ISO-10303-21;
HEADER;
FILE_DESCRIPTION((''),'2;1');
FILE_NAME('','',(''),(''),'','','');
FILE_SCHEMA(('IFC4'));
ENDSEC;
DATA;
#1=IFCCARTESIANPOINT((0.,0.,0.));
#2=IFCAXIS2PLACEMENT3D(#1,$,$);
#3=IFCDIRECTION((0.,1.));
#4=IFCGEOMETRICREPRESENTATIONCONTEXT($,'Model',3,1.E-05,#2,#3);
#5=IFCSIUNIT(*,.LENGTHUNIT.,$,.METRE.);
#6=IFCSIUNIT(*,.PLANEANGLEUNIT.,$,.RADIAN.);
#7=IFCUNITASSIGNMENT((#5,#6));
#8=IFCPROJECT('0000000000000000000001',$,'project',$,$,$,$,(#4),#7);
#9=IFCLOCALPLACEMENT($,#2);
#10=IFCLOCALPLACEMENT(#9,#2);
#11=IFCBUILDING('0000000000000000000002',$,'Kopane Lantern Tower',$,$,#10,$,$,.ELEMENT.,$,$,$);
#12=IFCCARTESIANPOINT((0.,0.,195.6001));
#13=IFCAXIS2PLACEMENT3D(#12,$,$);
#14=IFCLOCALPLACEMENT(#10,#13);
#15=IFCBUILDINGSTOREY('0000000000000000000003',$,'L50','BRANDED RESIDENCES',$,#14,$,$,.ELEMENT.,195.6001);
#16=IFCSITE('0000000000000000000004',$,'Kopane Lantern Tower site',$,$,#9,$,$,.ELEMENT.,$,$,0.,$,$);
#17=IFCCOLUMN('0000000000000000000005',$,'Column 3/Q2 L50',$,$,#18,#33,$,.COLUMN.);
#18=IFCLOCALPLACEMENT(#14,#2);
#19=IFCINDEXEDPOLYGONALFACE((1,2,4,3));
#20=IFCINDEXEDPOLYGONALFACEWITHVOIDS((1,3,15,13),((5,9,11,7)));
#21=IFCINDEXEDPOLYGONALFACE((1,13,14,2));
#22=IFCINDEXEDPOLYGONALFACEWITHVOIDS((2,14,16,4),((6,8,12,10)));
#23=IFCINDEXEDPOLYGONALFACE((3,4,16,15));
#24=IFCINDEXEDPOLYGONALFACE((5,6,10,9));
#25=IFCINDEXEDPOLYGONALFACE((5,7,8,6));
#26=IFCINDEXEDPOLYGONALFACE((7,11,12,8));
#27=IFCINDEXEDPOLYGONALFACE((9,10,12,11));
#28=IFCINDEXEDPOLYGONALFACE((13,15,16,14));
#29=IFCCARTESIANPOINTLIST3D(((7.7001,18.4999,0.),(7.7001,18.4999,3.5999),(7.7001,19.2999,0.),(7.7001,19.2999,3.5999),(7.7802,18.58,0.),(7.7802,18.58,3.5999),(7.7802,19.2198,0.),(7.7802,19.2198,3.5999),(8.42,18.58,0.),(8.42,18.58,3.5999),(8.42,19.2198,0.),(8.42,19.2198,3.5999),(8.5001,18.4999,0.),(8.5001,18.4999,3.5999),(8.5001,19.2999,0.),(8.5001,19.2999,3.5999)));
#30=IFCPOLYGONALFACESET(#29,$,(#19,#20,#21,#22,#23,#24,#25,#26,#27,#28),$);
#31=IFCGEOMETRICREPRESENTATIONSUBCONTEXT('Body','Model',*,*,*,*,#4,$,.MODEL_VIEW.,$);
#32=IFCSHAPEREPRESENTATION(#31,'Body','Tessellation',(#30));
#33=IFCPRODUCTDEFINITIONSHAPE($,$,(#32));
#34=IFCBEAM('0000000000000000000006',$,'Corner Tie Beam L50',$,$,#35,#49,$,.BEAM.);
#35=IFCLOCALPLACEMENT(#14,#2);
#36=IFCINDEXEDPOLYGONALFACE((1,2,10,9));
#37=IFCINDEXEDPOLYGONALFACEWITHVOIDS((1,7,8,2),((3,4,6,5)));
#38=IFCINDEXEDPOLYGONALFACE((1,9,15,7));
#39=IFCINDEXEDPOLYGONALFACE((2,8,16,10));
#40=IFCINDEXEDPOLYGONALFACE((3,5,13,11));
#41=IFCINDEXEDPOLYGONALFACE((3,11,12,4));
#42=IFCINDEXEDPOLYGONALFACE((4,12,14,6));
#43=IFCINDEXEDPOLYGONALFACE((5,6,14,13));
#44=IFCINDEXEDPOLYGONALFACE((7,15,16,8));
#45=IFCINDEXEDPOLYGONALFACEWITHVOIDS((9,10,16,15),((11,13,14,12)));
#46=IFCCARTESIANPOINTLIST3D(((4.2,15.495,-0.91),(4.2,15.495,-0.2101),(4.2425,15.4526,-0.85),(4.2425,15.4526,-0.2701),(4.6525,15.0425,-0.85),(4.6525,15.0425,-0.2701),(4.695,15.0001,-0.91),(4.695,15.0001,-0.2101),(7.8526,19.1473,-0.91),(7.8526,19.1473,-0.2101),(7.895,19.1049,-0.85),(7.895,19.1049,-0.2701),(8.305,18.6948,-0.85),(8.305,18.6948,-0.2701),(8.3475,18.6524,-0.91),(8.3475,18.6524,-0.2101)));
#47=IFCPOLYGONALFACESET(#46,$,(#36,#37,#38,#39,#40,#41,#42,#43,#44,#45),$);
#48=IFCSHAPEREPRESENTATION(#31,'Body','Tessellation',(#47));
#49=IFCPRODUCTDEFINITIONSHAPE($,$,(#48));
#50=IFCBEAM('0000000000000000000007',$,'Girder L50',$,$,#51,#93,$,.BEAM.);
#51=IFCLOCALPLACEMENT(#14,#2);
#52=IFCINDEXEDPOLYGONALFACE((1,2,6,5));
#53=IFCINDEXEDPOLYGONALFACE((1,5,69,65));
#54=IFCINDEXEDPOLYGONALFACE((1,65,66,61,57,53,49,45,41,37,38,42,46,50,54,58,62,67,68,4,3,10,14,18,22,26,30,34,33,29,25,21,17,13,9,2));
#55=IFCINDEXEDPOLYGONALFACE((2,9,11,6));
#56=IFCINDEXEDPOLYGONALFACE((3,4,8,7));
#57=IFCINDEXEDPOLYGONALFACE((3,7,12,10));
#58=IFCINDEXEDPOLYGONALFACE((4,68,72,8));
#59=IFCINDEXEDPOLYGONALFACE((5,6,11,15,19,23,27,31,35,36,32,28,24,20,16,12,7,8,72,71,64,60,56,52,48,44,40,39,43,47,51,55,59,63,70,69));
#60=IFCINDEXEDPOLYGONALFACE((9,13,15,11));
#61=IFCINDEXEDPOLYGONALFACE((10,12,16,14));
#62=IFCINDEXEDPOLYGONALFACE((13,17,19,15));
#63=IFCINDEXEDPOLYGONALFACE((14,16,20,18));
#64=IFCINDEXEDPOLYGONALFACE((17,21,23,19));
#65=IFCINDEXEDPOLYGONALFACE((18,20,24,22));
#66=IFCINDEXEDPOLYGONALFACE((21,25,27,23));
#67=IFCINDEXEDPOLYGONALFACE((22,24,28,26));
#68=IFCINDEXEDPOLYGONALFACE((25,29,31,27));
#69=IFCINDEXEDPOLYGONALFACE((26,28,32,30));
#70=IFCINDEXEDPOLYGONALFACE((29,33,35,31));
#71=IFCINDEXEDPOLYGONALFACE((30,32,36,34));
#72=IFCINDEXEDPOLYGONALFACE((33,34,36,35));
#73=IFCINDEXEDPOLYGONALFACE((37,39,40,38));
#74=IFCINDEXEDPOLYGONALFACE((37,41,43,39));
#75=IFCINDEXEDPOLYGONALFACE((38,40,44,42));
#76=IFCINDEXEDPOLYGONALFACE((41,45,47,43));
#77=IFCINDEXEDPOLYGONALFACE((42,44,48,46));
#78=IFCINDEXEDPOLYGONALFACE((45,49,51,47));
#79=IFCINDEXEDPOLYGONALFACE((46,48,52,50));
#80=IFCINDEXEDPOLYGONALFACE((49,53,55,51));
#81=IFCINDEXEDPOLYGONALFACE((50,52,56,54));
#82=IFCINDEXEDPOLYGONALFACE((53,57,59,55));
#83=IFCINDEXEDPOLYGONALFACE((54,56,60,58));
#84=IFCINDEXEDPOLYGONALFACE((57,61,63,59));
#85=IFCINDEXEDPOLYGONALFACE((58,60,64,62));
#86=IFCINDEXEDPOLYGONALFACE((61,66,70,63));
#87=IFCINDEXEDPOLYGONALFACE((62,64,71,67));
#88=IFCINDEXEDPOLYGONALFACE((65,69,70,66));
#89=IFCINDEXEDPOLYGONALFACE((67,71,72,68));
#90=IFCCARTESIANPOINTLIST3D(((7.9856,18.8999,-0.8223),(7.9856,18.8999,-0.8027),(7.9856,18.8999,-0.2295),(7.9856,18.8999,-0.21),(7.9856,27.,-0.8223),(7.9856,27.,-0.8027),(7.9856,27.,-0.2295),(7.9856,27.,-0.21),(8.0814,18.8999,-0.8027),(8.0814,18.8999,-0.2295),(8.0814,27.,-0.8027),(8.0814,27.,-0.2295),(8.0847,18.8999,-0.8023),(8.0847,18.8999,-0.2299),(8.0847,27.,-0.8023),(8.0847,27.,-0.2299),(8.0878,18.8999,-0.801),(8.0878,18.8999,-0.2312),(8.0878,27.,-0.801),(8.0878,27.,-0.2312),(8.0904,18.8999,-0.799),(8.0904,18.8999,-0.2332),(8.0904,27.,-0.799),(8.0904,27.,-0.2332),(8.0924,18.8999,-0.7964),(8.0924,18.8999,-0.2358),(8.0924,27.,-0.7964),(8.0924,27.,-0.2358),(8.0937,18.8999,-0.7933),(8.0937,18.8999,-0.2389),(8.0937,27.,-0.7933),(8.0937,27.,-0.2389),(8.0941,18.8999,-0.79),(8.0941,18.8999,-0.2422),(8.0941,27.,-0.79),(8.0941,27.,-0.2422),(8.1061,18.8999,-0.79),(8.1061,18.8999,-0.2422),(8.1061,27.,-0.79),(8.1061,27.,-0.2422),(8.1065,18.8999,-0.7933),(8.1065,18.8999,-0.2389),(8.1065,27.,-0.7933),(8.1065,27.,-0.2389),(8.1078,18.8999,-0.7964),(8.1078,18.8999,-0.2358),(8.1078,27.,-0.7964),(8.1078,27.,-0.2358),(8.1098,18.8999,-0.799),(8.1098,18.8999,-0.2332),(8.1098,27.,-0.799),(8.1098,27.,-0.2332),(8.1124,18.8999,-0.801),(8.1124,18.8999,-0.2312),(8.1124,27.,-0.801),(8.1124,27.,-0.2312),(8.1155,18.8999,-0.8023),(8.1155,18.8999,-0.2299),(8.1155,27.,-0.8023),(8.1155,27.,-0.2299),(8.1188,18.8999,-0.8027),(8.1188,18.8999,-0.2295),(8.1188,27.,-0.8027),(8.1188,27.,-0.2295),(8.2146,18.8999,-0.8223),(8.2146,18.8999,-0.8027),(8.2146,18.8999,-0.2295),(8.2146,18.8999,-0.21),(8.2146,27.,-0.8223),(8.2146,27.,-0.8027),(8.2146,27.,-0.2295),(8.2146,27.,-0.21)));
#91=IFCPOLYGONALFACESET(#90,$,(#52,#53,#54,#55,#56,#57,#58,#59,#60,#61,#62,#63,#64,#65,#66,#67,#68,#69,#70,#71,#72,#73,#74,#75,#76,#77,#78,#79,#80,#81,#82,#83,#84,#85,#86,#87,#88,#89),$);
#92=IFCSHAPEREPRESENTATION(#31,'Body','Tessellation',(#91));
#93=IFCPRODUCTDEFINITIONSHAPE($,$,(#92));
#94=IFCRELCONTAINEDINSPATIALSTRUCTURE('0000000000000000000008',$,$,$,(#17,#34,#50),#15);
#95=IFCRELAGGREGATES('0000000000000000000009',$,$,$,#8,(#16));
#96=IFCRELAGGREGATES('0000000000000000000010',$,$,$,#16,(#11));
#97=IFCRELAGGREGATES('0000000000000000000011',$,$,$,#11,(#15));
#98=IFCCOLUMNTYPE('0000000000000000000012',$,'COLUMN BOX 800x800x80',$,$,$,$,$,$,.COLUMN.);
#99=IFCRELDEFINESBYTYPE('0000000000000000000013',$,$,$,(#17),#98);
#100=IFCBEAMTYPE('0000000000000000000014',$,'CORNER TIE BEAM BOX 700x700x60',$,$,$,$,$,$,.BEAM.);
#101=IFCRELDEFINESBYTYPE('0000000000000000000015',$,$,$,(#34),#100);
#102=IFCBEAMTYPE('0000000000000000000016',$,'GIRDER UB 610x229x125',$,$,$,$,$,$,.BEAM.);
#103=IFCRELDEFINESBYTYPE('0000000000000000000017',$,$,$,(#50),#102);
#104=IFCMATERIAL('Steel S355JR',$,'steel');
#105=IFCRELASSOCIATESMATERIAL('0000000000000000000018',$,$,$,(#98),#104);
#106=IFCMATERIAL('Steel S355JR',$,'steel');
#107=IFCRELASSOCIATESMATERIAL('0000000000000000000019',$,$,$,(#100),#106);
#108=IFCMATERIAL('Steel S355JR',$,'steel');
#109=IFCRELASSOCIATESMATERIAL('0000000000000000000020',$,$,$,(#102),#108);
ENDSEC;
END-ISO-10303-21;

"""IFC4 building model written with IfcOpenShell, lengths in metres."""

from ifc_helpers import new_model, si_unit, direction, frame, origin, origin_2d, place, context, subcontext, project, spatial, hollow_rectangle, i_section, extrude, material, material_profile, profile_set, type_object, element, save


model = new_model("IFC4")

# Units and contexts
model_context = context("Model", 3, precision=1e-05, world=origin(), true_north=direction((0.0, 1.0)))
body_context = subcontext(model_context, "Body", "Model", "MODEL_VIEW")
ifc_project = project(units=[si_unit("LENGTHUNIT", "METRE"), si_unit("PLANEANGLEUNIT", "RADIAN")], contexts=[model_context])

# Site, building, storey
site_placement = place(None, origin())
site = spatial("IfcSite", under=ifc_project, at=site_placement, Name="Kopane Lantern Tower site", CompositionType="ELEMENT", RefElevation=0.0)
building_placement = place(site_placement, origin())
building = spatial("IfcBuilding", under=site, at=building_placement, Name="Kopane Lantern Tower", CompositionType="ELEMENT")
storey_placement = place(building_placement, frame((0.0, 0.0, 195.6001)))
storey = spatial("IfcBuildingStorey", under=building, at=storey_placement, Name="L50", Description="BRANDED RESIDENCES", CompositionType="ELEMENT", Elevation=195.6001)

# Column
ifc_material_1 = material(Name="Steel S355JR", Category="steel")
ifc_material_profile_1 = material_profile(ifc_material_1, hollow_rectangle(XDim=0.8, YDim=0.8, WallThickness=0.0801, at=origin_2d()), Name="BOX 800x800x80")
ifc_profile_set_1 = profile_set([ifc_material_profile_1], Name="Steel S355JR")
column_type = type_object("IfcColumnType", Name="COLUMN BOX 800x800x80", PredefinedType="COLUMN", material=ifc_profile_set_1)
column_placement = place(storey_placement, frame((8.1001, 18.8999, 0.0), z_axis=(0.0, 0.0, 1.0), x_axis=(1.0, 0.0, 0.0)))
element("IfcColumn", 1, at=column_placement, inside=storey, type_object=column_type, Name="Column 3/Q2 L50", PredefinedType="COLUMN", context=body_context, shape_type="SweptSolid", body=[
    extrude(hollow_rectangle(XDim=0.8, YDim=0.8, WallThickness=0.0801, at=origin_2d()), origin(), (0.0, 0.0, 1.0), 3.5999),
])

# Beams
ifc_material_2 = material(Name="Steel S355JR", Category="steel")
ifc_material_profile_2 = material_profile(ifc_material_2, hollow_rectangle(XDim=0.7, YDim=0.7, WallThickness=0.0601, at=origin_2d()), Name="BOX 700x700x60")
ifc_profile_set_2 = profile_set([ifc_material_profile_2], Name="Steel S355JR")
beam_type_1 = type_object("IfcBeamType", Name="CORNER TIE BEAM BOX 700x700x60", PredefinedType="BEAM", material=ifc_profile_set_2)
beam_1_placement = place(storey_placement, frame((4.4475, 15.2476, -0.5601), z_axis=(0.70713, 0.707083, 0.0), x_axis=(-0.707083, 0.70713, 0.0)))
element("IfcBeam", 2, at=beam_1_placement, inside=storey, type_object=beam_type_1, Name="Corner Tie Beam L50", PredefinedType="BEAM", context=body_context, shape_type="SweptSolid", body=[
    extrude(hollow_rectangle(XDim=0.7, YDim=0.7, WallThickness=0.0601, at=origin_2d()), origin(), (0.0, 0.0, 1.0), 5.1653),
])
ifc_material_3 = material(Name="Steel S355JR", Category="steel")
ifc_material_profile_3 = material_profile(ifc_material_3, i_section(OverallWidth=0.229, OverallDepth=0.6123, WebThickness=0.012, FlangeThickness=0.0195, FilletRadius=0.0127, at=origin_2d()), Name="UB 610x229x125")
ifc_profile_set_3 = profile_set([ifc_material_profile_3], Name="Steel S355JR")
beam_type_2 = type_object("IfcBeamType", Name="GIRDER UB 610x229x125", PredefinedType="BEAM", material=ifc_profile_set_3)
beam_2_placement = place(storey_placement, frame((8.1001, 18.8999, -0.5161), z_axis=(0.0, 1.0, 0.0), x_axis=(-1.0, 0.0, 0.0)))
element("IfcBeam", 3, at=beam_2_placement, inside=storey, type_object=beam_type_2, Name="Girder L50", PredefinedType="BEAM", context=body_context, shape_type="SweptSolid", body=[
    extrude(i_section(OverallWidth=0.229, OverallDepth=0.6123, WebThickness=0.012, FlangeThickness=0.0195, FilletRadius=0.0127, at=origin_2d()), origin(), (0.0, 0.0, 1.0), 8.1001),
])

save(model, "model.ifc")
